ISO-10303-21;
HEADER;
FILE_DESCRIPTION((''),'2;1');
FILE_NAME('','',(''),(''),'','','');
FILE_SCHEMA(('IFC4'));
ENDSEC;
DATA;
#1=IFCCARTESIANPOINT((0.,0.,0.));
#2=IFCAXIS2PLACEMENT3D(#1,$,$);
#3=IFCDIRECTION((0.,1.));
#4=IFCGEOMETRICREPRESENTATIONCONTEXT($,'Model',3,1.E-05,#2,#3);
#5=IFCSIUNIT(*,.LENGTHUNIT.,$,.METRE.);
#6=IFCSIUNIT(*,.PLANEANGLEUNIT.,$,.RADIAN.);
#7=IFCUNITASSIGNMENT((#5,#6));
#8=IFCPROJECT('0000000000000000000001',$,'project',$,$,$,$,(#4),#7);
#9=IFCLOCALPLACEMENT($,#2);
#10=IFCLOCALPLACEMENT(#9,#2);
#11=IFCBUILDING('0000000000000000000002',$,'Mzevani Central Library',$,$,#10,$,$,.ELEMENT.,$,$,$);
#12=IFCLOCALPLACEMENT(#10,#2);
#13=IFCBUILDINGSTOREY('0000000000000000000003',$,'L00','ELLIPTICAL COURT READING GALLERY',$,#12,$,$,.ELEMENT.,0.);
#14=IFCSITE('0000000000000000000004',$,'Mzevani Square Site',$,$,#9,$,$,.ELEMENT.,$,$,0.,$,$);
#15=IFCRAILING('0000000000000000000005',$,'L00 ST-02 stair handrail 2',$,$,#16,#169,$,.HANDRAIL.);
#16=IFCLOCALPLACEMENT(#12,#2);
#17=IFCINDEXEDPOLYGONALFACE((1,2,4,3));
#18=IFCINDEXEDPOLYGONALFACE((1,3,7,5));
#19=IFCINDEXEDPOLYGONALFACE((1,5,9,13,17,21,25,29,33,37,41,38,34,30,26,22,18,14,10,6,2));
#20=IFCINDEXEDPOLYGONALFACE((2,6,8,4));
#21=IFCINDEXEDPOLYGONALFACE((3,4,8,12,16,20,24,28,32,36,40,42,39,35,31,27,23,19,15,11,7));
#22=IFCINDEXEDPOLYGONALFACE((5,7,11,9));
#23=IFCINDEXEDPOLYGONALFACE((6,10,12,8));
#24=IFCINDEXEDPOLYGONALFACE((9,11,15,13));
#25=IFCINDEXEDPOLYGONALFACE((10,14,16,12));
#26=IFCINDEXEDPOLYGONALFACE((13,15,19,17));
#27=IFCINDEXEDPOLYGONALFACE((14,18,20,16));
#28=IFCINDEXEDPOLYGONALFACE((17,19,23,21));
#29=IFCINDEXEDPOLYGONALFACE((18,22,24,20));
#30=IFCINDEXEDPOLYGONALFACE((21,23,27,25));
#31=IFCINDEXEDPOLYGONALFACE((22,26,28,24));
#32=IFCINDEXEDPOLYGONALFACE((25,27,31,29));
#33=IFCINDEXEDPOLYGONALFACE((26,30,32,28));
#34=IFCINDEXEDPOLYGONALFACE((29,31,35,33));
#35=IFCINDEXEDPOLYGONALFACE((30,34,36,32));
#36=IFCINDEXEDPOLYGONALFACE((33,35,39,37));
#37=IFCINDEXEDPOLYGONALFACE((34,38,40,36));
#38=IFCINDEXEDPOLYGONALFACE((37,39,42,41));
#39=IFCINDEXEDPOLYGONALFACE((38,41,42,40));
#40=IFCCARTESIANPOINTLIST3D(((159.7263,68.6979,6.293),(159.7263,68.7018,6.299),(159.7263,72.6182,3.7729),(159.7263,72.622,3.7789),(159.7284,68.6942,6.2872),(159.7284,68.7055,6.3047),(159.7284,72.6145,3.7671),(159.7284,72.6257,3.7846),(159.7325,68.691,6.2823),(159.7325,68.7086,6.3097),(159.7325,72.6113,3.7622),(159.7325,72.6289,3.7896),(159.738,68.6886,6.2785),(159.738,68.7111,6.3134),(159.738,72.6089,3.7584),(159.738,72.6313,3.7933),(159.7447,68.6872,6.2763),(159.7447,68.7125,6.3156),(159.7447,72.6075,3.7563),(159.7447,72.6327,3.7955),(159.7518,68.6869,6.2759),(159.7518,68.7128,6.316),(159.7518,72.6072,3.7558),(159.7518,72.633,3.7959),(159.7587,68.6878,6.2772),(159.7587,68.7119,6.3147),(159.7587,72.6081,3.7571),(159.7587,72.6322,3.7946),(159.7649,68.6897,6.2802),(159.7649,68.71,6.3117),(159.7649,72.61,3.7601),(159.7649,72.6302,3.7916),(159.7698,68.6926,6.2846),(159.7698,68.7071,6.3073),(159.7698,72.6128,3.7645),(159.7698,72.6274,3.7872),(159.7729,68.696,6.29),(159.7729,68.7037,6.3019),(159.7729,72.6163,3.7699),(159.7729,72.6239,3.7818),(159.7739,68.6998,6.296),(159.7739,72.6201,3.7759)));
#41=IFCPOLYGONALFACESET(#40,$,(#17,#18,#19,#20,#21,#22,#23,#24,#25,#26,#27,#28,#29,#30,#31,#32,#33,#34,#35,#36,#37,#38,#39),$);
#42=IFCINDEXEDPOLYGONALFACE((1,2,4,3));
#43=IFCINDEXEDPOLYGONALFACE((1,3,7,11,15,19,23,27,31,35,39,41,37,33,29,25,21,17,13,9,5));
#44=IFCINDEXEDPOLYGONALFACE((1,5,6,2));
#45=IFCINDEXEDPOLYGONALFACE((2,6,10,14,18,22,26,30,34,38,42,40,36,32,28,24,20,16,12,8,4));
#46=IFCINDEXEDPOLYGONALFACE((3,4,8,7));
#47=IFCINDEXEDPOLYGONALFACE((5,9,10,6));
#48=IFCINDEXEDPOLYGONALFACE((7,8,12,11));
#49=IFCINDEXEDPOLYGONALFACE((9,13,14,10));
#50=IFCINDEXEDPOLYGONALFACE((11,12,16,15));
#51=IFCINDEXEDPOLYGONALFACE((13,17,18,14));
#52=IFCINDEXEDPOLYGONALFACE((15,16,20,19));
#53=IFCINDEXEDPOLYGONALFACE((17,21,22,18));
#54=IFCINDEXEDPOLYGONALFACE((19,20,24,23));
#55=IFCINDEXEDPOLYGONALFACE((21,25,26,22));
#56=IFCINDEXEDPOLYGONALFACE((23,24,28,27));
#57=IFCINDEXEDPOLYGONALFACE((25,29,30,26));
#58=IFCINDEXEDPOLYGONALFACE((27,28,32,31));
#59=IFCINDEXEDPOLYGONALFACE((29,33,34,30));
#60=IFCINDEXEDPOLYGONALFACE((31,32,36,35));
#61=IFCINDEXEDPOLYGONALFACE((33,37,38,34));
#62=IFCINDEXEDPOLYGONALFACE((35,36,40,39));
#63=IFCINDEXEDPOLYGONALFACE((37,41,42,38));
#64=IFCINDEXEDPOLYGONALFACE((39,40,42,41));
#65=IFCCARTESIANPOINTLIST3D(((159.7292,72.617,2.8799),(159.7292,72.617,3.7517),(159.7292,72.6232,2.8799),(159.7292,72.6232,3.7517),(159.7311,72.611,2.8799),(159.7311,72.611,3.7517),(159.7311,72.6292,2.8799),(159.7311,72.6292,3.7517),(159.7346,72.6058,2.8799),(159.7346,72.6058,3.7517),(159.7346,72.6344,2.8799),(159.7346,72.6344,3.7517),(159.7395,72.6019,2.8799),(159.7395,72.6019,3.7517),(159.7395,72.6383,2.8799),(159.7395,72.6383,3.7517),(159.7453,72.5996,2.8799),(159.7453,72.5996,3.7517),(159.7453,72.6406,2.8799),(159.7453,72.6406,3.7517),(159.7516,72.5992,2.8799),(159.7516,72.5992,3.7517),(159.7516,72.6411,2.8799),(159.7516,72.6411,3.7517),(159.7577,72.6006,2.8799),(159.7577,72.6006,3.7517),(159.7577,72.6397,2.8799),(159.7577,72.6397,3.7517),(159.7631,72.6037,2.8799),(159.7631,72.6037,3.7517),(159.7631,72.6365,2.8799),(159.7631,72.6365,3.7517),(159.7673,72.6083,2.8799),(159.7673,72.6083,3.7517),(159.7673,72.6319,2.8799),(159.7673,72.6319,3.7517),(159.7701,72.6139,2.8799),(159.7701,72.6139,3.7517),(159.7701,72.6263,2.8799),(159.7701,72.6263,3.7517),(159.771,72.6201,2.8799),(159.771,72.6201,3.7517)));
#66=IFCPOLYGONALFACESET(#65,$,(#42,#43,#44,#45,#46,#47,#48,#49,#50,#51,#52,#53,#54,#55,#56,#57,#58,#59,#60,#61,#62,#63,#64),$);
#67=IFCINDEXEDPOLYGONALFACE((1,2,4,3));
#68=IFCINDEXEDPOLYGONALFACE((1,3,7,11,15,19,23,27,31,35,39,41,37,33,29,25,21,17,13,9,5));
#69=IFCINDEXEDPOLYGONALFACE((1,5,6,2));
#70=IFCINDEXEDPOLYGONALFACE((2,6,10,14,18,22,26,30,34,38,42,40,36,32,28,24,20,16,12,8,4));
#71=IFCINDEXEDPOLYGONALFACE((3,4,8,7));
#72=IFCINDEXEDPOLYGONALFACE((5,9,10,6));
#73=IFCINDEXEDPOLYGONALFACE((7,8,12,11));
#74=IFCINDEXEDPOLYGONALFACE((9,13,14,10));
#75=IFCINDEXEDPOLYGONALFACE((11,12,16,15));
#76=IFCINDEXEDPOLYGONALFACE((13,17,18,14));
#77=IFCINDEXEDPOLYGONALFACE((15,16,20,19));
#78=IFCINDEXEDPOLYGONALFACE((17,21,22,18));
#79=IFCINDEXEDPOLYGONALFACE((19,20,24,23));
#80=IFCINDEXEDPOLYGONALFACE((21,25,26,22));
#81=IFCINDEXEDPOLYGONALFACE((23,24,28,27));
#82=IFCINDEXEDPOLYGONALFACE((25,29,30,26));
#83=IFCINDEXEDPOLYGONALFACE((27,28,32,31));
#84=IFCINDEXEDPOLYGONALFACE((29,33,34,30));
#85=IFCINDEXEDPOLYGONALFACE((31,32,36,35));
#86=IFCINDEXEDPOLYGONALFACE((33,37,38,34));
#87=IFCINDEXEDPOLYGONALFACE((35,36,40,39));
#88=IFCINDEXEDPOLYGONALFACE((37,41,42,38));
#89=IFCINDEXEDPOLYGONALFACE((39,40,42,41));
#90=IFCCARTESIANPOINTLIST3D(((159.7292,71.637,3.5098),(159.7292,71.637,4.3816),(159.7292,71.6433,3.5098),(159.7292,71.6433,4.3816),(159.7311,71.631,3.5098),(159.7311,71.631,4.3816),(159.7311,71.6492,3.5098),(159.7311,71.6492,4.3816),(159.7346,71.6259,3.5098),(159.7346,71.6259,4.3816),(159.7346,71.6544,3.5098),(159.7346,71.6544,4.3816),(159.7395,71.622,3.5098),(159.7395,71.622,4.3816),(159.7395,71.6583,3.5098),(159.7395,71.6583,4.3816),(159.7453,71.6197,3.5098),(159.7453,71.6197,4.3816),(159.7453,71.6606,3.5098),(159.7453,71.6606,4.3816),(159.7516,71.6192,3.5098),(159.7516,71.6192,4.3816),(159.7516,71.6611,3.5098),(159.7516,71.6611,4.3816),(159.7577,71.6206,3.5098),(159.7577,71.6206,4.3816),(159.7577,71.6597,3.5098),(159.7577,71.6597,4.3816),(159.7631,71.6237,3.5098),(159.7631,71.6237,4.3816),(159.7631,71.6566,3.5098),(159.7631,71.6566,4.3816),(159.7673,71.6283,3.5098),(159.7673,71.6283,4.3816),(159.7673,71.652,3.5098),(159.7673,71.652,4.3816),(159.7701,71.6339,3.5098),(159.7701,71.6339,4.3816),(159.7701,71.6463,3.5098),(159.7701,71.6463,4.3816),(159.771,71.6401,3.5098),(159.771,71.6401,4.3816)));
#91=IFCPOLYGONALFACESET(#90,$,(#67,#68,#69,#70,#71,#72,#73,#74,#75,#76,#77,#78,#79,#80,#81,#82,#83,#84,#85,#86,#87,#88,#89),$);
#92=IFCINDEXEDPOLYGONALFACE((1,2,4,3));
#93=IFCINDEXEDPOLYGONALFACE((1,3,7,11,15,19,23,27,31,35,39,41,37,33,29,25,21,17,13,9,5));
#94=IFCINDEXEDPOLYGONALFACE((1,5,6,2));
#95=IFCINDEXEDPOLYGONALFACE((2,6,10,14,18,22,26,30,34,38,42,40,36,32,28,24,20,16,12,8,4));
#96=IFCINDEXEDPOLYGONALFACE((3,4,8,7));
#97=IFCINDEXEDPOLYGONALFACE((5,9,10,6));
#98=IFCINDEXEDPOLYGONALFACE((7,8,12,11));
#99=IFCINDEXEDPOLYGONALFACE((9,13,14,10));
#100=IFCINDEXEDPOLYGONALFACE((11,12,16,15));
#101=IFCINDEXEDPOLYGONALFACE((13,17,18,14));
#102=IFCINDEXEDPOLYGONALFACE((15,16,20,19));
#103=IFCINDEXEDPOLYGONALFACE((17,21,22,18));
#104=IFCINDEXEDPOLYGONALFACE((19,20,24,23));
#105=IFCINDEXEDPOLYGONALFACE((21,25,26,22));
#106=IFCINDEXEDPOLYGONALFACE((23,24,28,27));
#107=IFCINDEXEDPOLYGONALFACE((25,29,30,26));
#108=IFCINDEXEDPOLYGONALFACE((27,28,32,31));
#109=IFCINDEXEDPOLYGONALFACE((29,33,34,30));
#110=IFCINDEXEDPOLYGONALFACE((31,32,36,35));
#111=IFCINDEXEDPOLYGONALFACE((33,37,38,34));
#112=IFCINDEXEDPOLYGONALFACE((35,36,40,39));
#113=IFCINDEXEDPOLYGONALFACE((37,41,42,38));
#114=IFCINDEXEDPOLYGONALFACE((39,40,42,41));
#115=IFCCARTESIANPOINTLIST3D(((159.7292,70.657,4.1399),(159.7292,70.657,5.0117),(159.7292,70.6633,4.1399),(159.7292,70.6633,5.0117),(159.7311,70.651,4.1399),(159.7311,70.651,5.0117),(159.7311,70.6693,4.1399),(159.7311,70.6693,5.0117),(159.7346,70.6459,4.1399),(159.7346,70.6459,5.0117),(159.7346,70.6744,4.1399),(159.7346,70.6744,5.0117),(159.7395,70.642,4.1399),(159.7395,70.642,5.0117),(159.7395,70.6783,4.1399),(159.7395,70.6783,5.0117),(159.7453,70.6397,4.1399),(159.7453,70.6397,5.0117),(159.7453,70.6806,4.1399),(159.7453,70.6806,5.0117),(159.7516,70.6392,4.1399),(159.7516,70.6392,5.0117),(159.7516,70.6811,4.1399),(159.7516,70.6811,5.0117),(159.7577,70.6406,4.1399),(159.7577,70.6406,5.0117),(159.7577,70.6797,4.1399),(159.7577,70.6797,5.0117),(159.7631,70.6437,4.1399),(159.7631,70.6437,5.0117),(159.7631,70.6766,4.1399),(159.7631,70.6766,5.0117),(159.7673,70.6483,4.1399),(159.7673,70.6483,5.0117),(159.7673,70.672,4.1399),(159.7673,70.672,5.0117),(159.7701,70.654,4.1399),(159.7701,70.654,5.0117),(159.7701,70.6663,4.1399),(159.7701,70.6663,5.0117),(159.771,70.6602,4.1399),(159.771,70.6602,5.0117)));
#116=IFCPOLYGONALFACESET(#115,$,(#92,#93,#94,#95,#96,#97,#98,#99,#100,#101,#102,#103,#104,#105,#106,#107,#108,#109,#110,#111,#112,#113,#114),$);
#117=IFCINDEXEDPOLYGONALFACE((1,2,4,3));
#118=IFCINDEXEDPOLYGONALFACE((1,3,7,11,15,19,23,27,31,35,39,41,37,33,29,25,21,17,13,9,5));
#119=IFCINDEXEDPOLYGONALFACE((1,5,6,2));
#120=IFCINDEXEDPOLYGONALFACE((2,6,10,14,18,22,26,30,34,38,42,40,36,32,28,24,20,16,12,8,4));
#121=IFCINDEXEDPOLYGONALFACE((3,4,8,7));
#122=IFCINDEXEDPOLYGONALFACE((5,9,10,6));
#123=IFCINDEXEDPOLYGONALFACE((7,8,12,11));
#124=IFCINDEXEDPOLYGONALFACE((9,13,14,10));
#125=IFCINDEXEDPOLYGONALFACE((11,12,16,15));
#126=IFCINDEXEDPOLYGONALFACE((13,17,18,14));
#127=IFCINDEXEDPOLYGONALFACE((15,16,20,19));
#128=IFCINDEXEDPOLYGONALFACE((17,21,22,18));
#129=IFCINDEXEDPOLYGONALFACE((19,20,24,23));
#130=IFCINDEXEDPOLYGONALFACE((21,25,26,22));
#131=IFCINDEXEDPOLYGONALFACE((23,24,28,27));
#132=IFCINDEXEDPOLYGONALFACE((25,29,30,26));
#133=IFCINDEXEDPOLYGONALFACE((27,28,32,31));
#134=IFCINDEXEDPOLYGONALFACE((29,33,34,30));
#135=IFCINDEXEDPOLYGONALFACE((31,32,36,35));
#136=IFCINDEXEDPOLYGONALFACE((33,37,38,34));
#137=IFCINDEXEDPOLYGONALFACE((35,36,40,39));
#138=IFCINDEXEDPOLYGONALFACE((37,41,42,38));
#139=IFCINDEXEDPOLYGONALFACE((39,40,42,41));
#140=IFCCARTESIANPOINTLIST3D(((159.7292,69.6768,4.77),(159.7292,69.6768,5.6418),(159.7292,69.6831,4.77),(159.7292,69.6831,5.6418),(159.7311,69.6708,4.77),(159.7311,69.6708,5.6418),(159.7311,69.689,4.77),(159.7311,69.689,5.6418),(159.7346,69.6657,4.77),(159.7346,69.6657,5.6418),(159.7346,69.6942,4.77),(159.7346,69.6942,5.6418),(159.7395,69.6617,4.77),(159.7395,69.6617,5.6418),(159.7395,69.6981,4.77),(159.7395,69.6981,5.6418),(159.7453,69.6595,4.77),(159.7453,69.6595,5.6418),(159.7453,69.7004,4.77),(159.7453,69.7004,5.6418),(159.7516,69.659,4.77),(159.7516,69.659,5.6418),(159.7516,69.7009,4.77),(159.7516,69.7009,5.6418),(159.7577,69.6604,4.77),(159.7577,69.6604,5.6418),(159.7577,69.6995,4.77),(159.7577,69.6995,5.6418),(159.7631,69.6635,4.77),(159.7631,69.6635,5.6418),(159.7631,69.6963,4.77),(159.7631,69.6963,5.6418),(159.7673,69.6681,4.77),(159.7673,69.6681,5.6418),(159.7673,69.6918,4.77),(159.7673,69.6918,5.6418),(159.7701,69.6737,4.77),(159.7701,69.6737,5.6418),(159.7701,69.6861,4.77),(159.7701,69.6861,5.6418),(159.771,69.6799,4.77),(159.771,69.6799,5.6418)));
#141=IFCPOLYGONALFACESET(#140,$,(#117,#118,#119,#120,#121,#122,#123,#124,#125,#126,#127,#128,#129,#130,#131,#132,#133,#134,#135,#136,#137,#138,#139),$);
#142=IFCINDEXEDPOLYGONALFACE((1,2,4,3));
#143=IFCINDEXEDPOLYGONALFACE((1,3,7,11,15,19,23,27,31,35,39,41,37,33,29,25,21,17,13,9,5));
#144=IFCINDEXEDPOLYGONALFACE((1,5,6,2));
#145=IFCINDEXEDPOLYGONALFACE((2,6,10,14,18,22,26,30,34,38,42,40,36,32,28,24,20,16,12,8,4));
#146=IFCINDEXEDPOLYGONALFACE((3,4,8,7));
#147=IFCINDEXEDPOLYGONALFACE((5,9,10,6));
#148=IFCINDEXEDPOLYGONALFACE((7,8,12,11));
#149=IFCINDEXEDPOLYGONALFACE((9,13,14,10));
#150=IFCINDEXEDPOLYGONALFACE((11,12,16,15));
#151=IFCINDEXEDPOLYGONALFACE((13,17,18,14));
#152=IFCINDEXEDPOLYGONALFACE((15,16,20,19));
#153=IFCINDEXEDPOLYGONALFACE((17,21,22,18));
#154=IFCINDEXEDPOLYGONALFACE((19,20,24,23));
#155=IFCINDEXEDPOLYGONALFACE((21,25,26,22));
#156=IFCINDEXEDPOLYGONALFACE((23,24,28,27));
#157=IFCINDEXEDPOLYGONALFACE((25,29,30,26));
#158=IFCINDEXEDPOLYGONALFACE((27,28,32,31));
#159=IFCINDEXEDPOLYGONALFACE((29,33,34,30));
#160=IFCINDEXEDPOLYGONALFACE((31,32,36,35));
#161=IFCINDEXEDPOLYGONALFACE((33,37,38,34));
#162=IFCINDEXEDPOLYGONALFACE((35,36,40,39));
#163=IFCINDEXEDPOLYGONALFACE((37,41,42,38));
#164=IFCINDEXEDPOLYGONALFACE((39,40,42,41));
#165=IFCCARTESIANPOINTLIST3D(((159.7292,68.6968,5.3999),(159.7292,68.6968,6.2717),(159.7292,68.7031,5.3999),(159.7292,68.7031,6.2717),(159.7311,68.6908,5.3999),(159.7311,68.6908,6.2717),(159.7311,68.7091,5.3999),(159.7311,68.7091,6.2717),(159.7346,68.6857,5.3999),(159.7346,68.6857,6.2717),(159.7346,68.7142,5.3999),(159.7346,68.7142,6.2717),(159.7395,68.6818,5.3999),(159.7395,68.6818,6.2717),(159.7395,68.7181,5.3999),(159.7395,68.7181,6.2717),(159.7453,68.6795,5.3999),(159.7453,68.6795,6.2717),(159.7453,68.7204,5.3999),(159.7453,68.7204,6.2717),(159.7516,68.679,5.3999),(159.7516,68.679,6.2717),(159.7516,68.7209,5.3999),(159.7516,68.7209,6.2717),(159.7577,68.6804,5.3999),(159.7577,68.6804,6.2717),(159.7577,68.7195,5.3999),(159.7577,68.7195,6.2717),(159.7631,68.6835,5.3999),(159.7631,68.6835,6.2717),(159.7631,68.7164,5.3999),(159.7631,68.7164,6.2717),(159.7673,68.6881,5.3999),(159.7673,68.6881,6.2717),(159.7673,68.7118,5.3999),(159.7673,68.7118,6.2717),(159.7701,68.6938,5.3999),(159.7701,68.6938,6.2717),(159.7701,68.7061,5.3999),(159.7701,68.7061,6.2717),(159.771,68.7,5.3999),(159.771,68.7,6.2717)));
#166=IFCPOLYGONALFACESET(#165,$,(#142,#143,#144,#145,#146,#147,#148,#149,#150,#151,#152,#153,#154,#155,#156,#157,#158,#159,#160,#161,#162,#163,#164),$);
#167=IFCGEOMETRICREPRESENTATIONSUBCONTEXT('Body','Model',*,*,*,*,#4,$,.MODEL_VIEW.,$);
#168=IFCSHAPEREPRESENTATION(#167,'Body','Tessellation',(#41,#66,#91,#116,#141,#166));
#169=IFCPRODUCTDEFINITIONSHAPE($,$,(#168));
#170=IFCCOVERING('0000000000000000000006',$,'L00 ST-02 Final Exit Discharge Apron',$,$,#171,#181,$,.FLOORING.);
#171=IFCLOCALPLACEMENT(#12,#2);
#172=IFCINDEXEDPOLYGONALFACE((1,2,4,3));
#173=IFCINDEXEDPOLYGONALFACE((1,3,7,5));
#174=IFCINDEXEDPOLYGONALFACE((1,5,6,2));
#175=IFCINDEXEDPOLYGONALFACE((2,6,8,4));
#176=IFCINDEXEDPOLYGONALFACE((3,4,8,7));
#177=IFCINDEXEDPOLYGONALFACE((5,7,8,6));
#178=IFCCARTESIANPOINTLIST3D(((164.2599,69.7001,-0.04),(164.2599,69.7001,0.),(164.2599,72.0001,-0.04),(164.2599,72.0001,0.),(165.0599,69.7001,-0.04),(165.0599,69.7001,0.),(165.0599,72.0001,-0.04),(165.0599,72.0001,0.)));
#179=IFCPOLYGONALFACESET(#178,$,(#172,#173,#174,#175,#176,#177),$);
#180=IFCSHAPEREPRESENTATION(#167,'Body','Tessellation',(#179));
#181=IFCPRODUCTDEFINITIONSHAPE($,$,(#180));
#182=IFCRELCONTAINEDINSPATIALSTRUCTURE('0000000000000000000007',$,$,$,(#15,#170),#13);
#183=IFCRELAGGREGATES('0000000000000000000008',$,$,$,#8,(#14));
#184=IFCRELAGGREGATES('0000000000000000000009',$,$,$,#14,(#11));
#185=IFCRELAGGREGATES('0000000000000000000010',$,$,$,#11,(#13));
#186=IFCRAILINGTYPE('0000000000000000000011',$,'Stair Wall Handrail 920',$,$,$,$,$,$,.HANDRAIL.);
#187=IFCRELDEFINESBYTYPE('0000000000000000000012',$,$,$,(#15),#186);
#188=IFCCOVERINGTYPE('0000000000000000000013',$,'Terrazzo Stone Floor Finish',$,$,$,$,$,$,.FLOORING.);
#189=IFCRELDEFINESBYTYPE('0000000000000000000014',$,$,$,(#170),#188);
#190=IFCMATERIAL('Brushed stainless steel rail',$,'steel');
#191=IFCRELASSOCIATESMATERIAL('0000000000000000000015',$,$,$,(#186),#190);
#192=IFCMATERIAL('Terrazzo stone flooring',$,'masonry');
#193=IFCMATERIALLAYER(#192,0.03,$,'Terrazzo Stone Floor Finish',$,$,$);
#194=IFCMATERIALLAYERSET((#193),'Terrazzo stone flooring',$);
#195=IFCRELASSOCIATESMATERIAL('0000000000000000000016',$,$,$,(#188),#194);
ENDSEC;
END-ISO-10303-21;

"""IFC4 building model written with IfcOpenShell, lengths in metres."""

from ifc_helpers import new_model, si_unit, direction, frame, origin, origin_2d, place, context, subcontext, project, spatial, rectangle, circle, extrude, material, layer, layer_set, type_object, element, save


model = new_model("IFC4")

# Units and contexts
model_context = context("Model", 3, precision=1e-05, world=origin(), true_north=direction((0.0, 1.0)))
body_context = subcontext(model_context, "Body", "Model", "MODEL_VIEW")
ifc_project = project(units=[si_unit("LENGTHUNIT", "METRE"), si_unit("PLANEANGLEUNIT", "RADIAN")], contexts=[model_context])

# Site, building, storey
site_placement = place(None, origin())
site = spatial("IfcSite", under=ifc_project, at=site_placement, Name="Mzevani Square Site", CompositionType="ELEMENT", RefElevation=0.0)
building_placement = place(site_placement, origin())
building = spatial("IfcBuilding", under=site, at=building_placement, Name="Mzevani Central Library", CompositionType="ELEMENT")
storey_placement = place(building_placement, origin())
storey = spatial("IfcBuildingStorey", under=building, at=storey_placement, Name="L00", Description="ELLIPTICAL COURT READING GALLERY", CompositionType="ELEMENT", Elevation=0.0)

# Shared definitions
ifc_material_1 = material(Name="Brushed stainless steel rail", Category="steel")

# Railing
railing_type_1 = type_object("IfcRailingType", Name="Stair Wall Handrail 920", PredefinedType="HANDRAIL", material=ifc_material_1)
railing_1_placement = place(storey_placement, frame((159.75, 72.6201, 2.8799)))
element("IfcRailing", 1, at=railing_1_placement, inside=storey, type_object=railing_type_1, Name="L00 ST-02 stair handrail 2", PredefinedType="HANDRAIL", context=body_context, shape_type="SweptSolid", body=[
    extrude(circle(Radius=0.0239, at=origin_2d()), frame((0.0, 0.0, 0.896), z_axis=(0.0, -0.841187, 0.540744), x_axis=(1.0, 0.0, 0.0)), (0.0, 0.0, 1.0), 4.6604),
    extrude(circle(Radius=0.021, at=origin_2d()), origin(), (0.0, 0.0, 1.0), 0.8718),
    extrude(circle(Radius=0.021, at=origin_2d()), frame((0.0, -0.98, 0.6299)), (0.0, 0.0, 1.0), 0.8718),
    extrude(circle(Radius=0.021, at=origin_2d()), frame((0.0, -1.96, 1.26)), (0.0, 0.0, 1.0), 0.8718),
    extrude(circle(Radius=0.021, at=origin_2d()), frame((0.0, -2.9402, 1.8901)), (0.0, 0.0, 1.0), 0.8718),
    extrude(circle(Radius=0.021, at=origin_2d()), frame((0.0, -3.9202, 2.52)), (0.0, 0.0, 1.0), 0.8718),
])

# Covering
ifc_material_2 = material(Name="Terrazzo stone flooring", Category="masonry")
ifc_layer_1 = layer(ifc_material_2, 0.03, Name="Terrazzo Stone Floor Finish")
ifc_layer_set_1 = layer_set([ifc_layer_1], Name="Terrazzo stone flooring")
covering_type_1 = type_object("IfcCoveringType", Name="Terrazzo Stone Floor Finish", PredefinedType="FLOORING", material=ifc_layer_set_1)
covering_1_placement = place(storey_placement, frame((164.6599, 70.8501, -0.04), z_axis=(0.0, 0.0, 1.0), x_axis=(0.0, -1.0, 0.0)))
element("IfcCovering", 2, at=covering_1_placement, inside=storey, type_object=covering_type_1, Name="L00 ST-02 Final Exit Discharge Apron", PredefinedType="FLOORING", context=body_context, shape_type="SweptSolid", body=[
    extrude(rectangle(XDim=2.3, YDim=0.8, at=origin_2d()), origin(), (0.0, 0.0, 1.0), 0.04),
])

save(model, "model.ifc")
